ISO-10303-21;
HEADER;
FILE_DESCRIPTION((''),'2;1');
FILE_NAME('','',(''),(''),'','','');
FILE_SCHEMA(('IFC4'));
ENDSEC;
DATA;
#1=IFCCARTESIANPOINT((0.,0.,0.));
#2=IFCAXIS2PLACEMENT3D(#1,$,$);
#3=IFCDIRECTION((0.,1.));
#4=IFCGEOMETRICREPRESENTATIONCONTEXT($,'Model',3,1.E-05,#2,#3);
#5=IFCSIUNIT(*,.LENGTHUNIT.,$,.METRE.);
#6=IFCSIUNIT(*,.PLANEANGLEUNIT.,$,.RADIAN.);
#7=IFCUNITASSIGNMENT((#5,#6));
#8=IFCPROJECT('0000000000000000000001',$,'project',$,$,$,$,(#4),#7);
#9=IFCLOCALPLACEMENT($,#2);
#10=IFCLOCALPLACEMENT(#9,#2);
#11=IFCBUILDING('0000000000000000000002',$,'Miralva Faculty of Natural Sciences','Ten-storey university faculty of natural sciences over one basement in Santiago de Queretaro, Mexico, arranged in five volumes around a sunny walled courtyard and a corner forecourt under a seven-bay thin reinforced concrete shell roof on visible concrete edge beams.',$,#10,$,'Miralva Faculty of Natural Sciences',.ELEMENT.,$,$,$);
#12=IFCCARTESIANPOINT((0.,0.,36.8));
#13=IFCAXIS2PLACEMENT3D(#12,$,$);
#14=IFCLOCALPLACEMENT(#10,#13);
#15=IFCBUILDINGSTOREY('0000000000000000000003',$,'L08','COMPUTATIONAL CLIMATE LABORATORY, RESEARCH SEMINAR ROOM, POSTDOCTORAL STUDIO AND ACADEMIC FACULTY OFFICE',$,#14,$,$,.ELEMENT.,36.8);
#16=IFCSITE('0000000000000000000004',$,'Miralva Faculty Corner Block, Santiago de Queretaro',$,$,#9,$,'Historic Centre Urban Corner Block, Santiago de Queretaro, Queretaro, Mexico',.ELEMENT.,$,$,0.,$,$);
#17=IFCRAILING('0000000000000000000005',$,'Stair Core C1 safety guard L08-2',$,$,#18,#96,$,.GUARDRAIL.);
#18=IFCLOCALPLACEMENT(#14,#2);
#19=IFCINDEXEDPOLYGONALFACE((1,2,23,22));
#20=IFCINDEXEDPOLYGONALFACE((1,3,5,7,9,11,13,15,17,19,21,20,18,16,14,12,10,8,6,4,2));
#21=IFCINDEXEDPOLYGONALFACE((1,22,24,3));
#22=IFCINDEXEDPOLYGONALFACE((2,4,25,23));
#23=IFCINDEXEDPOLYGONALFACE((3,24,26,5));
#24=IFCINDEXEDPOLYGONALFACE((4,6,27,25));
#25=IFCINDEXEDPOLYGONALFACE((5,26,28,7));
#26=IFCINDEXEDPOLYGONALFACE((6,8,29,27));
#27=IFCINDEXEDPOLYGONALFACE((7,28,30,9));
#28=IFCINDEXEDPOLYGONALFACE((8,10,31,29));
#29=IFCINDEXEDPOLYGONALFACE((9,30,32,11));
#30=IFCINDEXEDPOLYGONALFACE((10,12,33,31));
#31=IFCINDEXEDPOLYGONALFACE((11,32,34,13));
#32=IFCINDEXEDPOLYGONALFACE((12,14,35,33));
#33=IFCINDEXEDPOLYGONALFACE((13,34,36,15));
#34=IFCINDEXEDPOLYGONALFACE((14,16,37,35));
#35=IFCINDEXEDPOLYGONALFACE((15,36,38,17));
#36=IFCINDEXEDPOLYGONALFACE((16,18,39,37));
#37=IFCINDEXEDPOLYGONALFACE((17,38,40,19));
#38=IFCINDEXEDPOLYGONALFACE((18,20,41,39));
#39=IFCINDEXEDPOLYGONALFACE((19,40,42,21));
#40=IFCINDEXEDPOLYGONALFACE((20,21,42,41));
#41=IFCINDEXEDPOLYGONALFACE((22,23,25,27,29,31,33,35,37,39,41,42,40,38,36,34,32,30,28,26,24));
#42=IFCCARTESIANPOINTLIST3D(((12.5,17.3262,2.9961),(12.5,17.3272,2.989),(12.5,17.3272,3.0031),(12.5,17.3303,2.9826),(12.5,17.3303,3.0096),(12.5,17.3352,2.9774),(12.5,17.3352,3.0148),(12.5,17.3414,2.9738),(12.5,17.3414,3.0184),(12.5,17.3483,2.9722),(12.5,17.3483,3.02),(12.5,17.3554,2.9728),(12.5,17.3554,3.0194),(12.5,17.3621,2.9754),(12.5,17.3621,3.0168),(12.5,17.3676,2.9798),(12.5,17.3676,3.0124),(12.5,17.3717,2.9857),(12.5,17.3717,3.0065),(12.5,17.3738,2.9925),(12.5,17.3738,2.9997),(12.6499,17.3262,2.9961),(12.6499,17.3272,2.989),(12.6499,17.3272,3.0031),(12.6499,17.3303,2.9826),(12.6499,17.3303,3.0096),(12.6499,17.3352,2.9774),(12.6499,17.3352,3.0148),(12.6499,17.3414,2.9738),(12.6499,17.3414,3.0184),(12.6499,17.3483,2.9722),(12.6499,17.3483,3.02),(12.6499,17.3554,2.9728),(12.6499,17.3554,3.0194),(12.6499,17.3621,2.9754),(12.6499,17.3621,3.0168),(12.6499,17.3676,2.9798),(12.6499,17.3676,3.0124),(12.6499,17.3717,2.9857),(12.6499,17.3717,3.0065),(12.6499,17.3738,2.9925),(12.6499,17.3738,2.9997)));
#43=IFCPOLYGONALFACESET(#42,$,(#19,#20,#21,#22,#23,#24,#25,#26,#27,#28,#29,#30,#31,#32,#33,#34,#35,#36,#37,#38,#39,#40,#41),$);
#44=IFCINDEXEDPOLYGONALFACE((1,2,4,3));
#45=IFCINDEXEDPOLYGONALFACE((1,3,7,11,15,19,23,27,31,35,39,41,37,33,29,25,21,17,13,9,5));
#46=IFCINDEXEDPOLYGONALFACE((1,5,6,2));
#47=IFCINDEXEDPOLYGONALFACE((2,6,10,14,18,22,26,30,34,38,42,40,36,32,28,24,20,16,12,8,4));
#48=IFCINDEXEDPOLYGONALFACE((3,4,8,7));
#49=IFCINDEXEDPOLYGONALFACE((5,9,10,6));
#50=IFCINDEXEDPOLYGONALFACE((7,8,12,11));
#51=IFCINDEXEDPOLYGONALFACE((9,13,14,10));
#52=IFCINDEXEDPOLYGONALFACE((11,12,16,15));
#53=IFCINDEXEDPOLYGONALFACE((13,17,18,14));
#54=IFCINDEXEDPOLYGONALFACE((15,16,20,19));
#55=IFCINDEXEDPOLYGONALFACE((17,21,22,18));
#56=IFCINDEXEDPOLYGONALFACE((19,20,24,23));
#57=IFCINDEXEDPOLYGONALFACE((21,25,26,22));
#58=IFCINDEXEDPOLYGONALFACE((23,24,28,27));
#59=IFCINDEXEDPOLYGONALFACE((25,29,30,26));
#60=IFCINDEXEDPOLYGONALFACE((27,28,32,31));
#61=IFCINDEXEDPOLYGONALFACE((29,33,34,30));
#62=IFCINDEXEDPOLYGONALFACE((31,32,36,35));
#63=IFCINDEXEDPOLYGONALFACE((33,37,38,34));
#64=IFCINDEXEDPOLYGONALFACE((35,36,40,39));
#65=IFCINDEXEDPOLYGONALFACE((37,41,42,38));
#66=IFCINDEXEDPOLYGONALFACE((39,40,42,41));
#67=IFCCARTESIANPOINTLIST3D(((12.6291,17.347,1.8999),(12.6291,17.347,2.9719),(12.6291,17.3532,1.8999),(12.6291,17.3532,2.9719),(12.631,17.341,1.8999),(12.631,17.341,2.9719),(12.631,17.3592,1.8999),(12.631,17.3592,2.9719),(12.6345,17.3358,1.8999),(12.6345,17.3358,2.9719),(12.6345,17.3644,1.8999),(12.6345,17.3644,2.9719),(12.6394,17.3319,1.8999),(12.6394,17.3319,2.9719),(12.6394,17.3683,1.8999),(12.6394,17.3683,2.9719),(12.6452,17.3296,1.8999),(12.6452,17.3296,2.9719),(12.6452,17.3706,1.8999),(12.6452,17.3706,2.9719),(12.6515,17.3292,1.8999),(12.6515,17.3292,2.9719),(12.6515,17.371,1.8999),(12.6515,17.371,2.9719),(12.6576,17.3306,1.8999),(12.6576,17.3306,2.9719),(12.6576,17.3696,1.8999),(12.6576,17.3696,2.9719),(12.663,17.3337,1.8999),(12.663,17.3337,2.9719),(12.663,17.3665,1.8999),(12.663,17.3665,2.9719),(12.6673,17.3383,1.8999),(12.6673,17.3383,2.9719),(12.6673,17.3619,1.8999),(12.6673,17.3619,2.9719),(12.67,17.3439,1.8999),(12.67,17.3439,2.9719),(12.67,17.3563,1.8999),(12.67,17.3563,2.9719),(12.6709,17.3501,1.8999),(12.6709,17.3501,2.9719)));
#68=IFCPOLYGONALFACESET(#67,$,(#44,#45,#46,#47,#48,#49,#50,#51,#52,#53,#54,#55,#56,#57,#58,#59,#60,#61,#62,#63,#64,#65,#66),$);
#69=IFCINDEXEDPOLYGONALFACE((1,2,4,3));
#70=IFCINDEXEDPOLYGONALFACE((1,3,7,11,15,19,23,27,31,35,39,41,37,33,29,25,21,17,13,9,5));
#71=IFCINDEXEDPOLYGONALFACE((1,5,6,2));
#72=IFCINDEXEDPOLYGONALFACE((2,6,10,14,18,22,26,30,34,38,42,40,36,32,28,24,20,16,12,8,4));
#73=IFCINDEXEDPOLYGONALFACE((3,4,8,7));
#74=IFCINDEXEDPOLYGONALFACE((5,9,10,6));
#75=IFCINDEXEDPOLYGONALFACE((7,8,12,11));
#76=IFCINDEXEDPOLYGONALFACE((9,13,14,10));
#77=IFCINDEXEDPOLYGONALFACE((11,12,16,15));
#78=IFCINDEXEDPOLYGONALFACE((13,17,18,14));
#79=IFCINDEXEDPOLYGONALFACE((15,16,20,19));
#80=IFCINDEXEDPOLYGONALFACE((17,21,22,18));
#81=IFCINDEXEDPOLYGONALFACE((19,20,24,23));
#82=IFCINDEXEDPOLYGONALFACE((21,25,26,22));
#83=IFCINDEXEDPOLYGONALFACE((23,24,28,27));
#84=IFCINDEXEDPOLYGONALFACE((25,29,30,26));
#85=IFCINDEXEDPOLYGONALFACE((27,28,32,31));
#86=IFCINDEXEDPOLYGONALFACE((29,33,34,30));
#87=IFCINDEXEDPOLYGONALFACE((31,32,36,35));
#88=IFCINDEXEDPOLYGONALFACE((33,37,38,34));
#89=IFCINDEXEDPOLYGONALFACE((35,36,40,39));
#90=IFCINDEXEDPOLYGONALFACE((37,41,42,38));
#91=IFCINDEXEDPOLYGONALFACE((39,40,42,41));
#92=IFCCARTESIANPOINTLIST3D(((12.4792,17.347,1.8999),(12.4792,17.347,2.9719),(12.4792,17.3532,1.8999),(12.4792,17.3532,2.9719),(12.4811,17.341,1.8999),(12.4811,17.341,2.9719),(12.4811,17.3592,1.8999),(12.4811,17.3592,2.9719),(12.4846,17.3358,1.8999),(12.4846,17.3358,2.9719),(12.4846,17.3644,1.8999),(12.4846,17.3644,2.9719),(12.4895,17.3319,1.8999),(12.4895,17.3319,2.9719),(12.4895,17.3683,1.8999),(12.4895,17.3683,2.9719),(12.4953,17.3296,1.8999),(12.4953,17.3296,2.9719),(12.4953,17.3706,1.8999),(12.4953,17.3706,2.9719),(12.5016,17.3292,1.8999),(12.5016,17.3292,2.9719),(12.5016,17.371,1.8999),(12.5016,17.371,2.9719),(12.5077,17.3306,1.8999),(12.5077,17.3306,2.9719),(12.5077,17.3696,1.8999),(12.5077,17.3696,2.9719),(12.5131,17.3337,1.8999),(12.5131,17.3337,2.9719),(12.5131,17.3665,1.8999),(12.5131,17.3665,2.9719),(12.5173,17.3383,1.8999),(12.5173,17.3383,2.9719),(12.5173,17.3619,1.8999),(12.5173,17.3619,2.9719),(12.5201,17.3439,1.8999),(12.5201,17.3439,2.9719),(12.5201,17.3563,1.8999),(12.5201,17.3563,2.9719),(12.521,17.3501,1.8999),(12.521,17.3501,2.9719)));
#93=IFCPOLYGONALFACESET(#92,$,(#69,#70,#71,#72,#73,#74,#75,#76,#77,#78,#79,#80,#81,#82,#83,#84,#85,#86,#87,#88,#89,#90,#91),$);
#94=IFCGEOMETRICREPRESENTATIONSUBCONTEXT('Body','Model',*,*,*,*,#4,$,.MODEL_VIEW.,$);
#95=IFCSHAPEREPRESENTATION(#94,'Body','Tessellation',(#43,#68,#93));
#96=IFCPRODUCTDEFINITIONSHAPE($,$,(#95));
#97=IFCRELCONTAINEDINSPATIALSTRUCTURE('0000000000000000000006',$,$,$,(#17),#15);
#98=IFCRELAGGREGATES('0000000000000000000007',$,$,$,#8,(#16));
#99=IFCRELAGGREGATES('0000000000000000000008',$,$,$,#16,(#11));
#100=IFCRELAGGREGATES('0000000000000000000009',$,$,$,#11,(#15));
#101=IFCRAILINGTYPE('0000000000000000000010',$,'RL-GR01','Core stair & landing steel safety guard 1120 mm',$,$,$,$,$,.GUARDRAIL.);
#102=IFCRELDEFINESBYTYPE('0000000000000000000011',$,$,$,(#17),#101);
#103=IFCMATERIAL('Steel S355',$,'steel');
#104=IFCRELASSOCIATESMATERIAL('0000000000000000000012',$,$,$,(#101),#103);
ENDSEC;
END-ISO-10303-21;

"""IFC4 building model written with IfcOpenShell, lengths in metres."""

from ifc_helpers import new_model, si_unit, direction, frame, origin, origin_2d, place, context, subcontext, project, spatial, circle, extrude, material, type_object, element, save


model = new_model("IFC4")

# Units and contexts
model_context = context("Model", 3, precision=1e-05, world=origin(), true_north=direction((0.0, 1.0)))
body_context = subcontext(model_context, "Body", "Model", "MODEL_VIEW")
ifc_project = project(units=[si_unit("LENGTHUNIT", "METRE"), si_unit("PLANEANGLEUNIT", "RADIAN")], contexts=[model_context])

# Site, building, storey
site_placement = place(None, origin())
site = spatial("IfcSite", under=ifc_project, at=site_placement, Name="Miralva Faculty Corner Block, Santiago de Queretaro", LongName="Historic Centre Urban Corner Block, Santiago de Queretaro, Queretaro, Mexico", CompositionType="ELEMENT", RefElevation=0.0)
building_placement = place(site_placement, origin())
building = spatial("IfcBuilding", under=site, at=building_placement, Name="Miralva Faculty of Natural Sciences", Description="Ten-storey university faculty of natural sciences over one basement in Santiago de Queretaro, Mexico, arranged in five volumes around a sunny walled courtyard and a corner forecourt under a seven-bay thin reinforced concrete shell roof on visible concrete edge beams.", LongName="Miralva Faculty of Natural Sciences", CompositionType="ELEMENT")
storey_placement = place(building_placement, frame((0.0, 0.0, 36.8)))
storey = spatial("IfcBuildingStorey", under=building, at=storey_placement, Name="L08", Description="COMPUTATIONAL CLIMATE LABORATORY, RESEARCH SEMINAR ROOM, POSTDOCTORAL STUDIO AND ACADEMIC FACULTY OFFICE", CompositionType="ELEMENT", Elevation=36.8)

# Railing
ifc_material_1 = material(Name="Steel S355", Category="steel")
railing_type_1 = type_object("IfcRailingType", Name="RL-GR01", Description="Core stair & landing steel safety guard 1120 mm", PredefinedType="GUARDRAIL", material=ifc_material_1)
railing_1_placement = place(storey_placement, frame((12.6499, 17.3501, 1.8999)))
element("IfcRailing", 1, at=railing_1_placement, inside=storey, type_object=railing_type_1, Name="Stair Core C1 safety guard L08-2", PredefinedType="GUARDRAIL", context=body_context, shape_type="SweptSolid", body=[
    extrude(circle(Radius=0.0239, at=origin_2d()), frame((0.0, 0.0, 1.0962), z_axis=(-1.0, 0.0, 0.0), x_axis=(0.0, -1.0, 0.0)), (0.0, 0.0, 1.0), 0.1499),
    extrude(circle(Radius=0.021, at=origin_2d()), origin(), (0.0, 0.0, 1.0), 1.072),
    extrude(circle(Radius=0.021, at=origin_2d()), frame((-0.1499, 0.0, 0.0)), (0.0, 0.0, 1.0), 1.072),
])

save(model, "model.ifc")
